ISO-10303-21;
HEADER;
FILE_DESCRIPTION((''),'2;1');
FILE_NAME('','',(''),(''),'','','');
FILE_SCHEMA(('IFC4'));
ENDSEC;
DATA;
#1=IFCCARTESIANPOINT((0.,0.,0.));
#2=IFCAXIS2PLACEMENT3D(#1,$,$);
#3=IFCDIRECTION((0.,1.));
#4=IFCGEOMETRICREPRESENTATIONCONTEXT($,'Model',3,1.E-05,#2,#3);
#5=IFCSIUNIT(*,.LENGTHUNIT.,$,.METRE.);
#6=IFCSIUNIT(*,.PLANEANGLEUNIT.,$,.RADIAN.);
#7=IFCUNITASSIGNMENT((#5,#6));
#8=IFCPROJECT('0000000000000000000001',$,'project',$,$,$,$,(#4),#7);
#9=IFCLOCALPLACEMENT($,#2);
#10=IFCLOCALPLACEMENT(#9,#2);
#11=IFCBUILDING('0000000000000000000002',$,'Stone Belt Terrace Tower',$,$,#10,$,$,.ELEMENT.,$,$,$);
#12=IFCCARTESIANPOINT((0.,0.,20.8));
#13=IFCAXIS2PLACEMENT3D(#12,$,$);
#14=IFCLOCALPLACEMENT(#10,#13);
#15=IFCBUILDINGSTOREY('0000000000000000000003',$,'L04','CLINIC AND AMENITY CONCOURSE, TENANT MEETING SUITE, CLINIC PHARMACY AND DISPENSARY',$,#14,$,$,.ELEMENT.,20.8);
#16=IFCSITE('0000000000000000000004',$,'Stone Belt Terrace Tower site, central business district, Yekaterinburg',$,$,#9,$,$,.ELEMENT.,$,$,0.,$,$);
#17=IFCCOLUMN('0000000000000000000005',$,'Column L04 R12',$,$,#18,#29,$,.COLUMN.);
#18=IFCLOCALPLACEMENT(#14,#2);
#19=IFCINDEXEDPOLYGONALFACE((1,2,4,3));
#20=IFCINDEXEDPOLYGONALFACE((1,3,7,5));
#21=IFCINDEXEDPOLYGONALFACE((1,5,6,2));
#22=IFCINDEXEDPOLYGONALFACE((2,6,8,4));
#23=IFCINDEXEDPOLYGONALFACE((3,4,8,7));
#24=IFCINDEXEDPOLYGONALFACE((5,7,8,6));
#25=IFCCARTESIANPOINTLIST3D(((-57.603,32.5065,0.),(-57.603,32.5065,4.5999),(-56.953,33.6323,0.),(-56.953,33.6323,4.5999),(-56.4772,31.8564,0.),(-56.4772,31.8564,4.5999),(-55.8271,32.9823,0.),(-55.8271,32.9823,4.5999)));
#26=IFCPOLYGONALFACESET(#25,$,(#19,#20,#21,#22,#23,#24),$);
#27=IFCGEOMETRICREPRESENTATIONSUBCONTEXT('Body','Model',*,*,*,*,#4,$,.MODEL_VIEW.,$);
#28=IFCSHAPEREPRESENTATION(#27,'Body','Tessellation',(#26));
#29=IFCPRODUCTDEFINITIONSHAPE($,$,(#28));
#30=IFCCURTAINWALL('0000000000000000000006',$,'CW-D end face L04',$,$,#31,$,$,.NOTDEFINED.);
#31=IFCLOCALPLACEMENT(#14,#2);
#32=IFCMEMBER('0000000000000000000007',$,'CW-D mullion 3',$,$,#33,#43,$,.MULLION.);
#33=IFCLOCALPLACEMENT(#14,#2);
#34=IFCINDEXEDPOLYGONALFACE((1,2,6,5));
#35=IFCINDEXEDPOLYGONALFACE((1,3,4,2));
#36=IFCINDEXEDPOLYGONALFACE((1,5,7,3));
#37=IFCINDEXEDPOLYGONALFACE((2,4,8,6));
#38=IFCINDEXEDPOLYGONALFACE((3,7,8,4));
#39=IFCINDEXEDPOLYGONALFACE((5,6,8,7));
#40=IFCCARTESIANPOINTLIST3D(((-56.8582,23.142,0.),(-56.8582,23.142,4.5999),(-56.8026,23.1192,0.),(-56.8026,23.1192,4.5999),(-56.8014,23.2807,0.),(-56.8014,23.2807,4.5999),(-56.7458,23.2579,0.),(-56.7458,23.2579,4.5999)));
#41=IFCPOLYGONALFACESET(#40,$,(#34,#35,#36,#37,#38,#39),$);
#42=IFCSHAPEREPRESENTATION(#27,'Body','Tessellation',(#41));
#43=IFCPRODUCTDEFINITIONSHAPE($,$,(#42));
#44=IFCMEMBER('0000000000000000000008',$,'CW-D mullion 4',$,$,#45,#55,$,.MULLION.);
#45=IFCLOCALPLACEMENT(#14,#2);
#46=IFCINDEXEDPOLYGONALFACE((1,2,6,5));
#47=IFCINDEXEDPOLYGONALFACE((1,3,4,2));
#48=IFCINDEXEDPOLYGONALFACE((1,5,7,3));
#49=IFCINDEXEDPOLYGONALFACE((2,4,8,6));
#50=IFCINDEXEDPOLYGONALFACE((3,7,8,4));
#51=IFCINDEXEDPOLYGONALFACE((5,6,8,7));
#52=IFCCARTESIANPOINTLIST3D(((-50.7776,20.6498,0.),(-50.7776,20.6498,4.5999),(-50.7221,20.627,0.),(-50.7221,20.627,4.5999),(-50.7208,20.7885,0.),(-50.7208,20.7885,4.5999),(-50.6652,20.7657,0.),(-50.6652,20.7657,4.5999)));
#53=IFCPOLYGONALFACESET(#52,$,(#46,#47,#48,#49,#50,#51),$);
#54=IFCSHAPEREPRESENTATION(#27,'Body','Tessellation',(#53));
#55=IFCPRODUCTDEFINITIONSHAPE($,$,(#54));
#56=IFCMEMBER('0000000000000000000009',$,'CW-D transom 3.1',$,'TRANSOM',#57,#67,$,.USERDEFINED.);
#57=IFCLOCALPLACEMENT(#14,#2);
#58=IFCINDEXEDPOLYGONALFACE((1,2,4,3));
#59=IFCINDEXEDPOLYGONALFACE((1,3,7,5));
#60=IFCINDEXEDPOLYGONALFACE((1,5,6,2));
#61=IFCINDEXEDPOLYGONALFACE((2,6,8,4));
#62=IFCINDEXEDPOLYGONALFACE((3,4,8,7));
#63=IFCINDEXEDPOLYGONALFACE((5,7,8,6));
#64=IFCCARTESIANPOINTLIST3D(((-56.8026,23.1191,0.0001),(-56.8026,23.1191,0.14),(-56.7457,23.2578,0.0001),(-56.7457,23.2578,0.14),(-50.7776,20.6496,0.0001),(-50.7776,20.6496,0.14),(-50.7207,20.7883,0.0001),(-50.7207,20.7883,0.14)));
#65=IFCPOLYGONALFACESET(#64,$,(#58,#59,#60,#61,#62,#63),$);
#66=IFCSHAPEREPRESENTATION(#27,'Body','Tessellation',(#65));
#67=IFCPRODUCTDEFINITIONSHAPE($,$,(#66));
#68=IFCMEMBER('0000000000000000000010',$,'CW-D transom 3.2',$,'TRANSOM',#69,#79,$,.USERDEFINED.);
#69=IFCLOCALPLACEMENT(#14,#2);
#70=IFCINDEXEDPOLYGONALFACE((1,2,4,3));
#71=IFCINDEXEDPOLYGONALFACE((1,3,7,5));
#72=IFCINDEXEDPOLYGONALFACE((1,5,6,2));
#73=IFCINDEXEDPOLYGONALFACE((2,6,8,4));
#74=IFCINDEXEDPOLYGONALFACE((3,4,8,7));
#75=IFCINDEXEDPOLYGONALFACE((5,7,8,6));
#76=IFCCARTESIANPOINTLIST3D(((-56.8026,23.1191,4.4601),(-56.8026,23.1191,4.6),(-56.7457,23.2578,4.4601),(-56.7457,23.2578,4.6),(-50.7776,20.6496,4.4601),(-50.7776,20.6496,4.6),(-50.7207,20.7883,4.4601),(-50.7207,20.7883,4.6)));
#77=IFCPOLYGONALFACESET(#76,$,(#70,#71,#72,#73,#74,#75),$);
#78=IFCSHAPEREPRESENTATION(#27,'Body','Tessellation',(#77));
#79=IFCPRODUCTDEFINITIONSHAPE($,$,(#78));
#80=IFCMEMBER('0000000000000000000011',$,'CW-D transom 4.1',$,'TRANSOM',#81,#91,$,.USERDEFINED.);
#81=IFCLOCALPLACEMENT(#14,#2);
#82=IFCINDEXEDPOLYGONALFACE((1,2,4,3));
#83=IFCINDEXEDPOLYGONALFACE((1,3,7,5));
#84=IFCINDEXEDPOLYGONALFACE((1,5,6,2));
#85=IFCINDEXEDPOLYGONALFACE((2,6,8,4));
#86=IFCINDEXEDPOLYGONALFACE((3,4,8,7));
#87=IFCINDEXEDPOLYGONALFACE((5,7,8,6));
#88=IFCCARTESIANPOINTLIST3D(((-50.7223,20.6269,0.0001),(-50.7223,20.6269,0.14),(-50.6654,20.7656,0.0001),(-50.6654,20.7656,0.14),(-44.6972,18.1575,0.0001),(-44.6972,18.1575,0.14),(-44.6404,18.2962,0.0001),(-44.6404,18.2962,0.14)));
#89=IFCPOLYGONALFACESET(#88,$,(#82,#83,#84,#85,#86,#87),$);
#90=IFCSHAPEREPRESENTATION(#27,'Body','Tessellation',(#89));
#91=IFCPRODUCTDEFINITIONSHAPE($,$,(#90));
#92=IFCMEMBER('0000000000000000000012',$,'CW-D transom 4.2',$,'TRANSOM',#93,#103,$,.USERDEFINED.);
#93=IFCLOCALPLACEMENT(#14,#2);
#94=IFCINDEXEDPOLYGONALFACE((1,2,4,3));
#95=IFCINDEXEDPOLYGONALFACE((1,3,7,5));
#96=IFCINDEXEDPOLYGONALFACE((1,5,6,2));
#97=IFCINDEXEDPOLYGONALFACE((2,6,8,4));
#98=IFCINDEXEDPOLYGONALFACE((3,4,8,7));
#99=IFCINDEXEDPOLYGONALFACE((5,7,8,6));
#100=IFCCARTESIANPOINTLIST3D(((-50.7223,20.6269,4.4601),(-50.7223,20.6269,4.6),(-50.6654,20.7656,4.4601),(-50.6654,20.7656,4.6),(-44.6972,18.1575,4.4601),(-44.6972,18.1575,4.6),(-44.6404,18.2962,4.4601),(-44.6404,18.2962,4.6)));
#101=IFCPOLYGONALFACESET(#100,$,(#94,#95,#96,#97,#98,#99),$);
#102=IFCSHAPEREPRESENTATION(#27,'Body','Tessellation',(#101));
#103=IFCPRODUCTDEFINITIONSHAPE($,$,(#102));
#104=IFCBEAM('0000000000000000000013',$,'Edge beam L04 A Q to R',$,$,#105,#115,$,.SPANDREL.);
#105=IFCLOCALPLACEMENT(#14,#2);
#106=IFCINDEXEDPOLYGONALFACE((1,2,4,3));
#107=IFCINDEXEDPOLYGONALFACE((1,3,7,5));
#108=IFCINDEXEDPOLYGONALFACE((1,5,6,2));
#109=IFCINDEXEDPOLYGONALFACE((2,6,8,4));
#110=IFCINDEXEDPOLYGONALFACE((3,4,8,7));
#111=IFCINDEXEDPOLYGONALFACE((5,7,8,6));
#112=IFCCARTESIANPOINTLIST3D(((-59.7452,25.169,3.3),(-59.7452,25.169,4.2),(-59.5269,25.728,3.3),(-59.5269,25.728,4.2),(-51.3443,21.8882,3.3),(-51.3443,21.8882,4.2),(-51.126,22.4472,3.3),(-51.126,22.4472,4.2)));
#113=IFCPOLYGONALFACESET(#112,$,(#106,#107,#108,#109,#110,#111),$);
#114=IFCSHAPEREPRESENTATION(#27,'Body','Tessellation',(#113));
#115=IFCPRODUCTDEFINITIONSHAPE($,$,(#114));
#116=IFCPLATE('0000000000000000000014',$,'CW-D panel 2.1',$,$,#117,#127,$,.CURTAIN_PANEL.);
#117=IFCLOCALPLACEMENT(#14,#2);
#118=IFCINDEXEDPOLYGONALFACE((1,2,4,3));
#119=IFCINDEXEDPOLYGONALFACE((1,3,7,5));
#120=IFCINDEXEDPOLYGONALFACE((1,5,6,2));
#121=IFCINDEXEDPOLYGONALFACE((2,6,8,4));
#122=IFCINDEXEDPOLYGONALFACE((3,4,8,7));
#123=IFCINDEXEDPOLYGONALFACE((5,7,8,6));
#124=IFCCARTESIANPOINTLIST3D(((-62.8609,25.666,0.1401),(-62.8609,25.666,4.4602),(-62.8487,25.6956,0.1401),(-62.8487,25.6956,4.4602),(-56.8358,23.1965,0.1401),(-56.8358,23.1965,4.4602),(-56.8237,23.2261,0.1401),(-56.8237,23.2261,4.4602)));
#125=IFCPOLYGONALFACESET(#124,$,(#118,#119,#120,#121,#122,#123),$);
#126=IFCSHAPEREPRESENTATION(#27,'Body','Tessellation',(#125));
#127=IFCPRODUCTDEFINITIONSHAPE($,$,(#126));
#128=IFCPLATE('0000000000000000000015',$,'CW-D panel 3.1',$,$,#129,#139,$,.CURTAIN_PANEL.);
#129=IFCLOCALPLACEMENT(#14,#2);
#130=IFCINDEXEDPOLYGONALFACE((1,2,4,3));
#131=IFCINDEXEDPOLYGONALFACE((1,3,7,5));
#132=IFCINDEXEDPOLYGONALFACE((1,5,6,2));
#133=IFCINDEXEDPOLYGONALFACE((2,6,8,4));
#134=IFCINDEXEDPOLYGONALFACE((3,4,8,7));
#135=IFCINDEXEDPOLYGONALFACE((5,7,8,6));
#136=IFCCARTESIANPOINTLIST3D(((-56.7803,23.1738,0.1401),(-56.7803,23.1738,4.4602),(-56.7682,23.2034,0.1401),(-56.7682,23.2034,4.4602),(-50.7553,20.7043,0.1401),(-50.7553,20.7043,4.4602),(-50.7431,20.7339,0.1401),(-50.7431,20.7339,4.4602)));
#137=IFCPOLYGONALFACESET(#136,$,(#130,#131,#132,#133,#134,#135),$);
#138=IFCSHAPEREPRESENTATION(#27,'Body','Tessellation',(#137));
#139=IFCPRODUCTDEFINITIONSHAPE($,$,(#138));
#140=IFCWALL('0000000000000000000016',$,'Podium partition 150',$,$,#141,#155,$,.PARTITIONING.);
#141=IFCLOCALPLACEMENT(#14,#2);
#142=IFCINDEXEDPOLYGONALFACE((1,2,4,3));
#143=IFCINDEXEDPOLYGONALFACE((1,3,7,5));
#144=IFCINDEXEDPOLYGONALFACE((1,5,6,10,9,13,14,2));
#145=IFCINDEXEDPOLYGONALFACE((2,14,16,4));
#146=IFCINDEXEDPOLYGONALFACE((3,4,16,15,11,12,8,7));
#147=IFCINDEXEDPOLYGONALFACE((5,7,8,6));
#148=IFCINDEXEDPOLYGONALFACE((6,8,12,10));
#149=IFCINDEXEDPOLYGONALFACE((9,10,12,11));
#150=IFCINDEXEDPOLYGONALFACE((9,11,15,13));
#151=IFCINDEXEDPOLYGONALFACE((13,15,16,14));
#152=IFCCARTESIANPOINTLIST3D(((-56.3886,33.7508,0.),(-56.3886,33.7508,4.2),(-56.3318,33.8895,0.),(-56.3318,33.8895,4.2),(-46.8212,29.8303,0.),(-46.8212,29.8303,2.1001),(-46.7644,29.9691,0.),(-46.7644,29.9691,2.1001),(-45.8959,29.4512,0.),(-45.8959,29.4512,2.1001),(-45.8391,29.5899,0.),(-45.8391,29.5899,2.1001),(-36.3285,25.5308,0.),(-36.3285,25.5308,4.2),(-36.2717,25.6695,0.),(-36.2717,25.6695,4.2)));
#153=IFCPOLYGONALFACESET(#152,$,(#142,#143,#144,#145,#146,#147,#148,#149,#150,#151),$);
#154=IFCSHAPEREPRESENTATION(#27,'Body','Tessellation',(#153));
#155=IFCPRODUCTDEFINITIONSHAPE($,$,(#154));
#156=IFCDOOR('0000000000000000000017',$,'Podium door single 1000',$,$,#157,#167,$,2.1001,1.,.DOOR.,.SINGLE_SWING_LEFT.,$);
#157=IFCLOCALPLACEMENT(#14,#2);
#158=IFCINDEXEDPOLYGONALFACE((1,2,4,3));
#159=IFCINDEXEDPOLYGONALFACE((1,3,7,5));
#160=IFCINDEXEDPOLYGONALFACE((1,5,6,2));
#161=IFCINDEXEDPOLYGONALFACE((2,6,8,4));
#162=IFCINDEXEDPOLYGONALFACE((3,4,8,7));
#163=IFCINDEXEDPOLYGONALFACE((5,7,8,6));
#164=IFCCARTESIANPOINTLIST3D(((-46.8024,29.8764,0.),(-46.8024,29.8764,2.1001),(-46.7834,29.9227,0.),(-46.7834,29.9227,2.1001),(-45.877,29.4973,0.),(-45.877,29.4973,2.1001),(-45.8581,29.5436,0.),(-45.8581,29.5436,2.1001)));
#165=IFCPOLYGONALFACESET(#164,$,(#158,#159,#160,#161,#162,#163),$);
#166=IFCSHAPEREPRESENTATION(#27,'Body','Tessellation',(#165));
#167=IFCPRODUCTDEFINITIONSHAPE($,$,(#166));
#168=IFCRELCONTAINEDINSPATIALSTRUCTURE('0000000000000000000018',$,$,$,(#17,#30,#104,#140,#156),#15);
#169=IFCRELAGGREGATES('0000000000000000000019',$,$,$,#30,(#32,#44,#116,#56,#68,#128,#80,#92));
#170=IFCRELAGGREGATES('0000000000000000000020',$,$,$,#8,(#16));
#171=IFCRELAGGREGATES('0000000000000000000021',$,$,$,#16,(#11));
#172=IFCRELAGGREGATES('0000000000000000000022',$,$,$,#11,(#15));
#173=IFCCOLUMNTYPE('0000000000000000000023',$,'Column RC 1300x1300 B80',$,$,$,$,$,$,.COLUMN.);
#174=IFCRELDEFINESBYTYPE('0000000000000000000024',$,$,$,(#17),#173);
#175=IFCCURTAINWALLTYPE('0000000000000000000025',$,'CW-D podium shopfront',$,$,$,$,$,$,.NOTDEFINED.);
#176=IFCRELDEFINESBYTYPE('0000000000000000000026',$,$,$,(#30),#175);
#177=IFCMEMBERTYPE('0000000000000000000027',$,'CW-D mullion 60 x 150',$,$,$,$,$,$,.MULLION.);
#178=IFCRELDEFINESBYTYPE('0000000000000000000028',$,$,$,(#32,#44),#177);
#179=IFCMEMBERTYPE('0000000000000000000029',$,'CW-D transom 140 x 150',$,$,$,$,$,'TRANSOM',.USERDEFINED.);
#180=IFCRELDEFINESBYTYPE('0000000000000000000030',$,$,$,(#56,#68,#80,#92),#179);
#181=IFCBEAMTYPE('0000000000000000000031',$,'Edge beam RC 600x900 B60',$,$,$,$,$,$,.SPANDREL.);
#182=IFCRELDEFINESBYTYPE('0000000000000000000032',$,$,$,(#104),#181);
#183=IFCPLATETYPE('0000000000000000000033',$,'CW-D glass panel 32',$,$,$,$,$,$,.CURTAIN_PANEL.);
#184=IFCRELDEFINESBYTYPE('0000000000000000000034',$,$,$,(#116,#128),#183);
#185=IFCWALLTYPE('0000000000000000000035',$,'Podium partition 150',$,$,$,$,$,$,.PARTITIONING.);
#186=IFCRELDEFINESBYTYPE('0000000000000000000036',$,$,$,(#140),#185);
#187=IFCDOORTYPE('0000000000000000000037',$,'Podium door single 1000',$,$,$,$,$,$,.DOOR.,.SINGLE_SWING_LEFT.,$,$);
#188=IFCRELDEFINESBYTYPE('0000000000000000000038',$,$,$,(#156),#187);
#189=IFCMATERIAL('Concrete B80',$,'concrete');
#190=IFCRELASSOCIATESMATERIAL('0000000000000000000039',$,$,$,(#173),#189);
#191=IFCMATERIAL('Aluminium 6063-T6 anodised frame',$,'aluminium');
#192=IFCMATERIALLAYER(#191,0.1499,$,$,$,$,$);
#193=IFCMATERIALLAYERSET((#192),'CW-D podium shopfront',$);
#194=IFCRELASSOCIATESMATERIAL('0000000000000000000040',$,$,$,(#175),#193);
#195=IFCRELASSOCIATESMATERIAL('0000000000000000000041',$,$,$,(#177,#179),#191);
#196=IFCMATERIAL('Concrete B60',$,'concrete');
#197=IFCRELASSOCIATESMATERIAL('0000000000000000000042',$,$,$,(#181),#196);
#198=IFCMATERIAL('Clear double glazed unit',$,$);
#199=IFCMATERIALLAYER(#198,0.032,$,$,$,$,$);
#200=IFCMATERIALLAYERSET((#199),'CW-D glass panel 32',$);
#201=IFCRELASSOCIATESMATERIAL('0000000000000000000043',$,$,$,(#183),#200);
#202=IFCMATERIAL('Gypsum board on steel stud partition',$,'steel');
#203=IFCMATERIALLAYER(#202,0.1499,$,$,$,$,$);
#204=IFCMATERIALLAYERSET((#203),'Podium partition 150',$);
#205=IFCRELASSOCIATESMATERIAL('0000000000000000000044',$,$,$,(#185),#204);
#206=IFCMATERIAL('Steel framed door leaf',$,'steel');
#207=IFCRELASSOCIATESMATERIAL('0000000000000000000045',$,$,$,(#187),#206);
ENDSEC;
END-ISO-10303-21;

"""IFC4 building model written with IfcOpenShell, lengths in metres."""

from ifc_helpers import new_model, si_unit, direction, frame, frame_2d, origin, origin_2d, place, context, subcontext, project, spatial, rectangle, extrude, material, layer, layer_set, material_profile, profile_set, type_object, element, fill, aggregate, save


model = new_model("IFC4")

# Units and contexts
model_context = context("Model", 3, precision=1e-05, world=origin(), true_north=direction((0.0, 1.0)))
body_context = subcontext(model_context, "Body", "Model", "MODEL_VIEW")
ifc_project = project(units=[si_unit("LENGTHUNIT", "METRE"), si_unit("PLANEANGLEUNIT", "RADIAN")], contexts=[model_context])

# Site, building, storey
site_placement = place(None, origin())
site = spatial("IfcSite", under=ifc_project, at=site_placement, Name="Stone Belt Terrace Tower site, central business district, Yekaterinburg", CompositionType="ELEMENT", RefElevation=0.0)
building_placement = place(site_placement, origin())
building = spatial("IfcBuilding", under=site, at=building_placement, Name="Stone Belt Terrace Tower", CompositionType="ELEMENT")
storey_placement = place(building_placement, frame((0.0, 0.0, 20.8)))
storey = spatial("IfcBuildingStorey", under=building, at=storey_placement, Name="L04", Description="CLINIC AND AMENITY CONCOURSE, TENANT MEETING SUITE, CLINIC PHARMACY AND DISPENSARY", CompositionType="ELEMENT", Elevation=20.8)

# Column
ifc_material_1 = material(Name="Concrete B80", Category="concrete")
ifc_material_profile_1 = material_profile(ifc_material_1, rectangle(XDim=1.3, YDim=1.3, at=origin_2d()), Name="RC 1300x1300")
ifc_profile_set_1 = profile_set([ifc_material_profile_1], Name="Concrete B80")
column_type = type_object("IfcColumnType", Name="Column RC 1300x1300 B80", PredefinedType="COLUMN", material=ifc_profile_set_1)
column_placement = place(storey_placement, frame((-56.7151, 32.7444, 0.0), z_axis=(0.0, 0.0, 1.0), x_axis=(0.5, 0.866025, 0.0)))
element("IfcColumn", 1, at=column_placement, inside=storey, type_object=column_type, Name="Column L04 R12", PredefinedType="COLUMN", context=body_context, shape_type="SweptSolid", body=[
    extrude(rectangle(XDim=1.3, YDim=1.3, at=origin_2d()), origin(), (0.0, 0.0, 1.0), 4.5999),
])

# Curtain wall, members
ifc_material_2 = material(Name="Aluminium 6063-T6 anodised frame", Category="aluminium")
ifc_layer_1 = layer(ifc_material_2, 0.1499)
ifc_layer_set_1 = layer_set([ifc_layer_1], Name="CW-D podium shopfront")
curtain_wall_type = type_object("IfcCurtainWallType", Name="CW-D podium shopfront", PredefinedType="NOTDEFINED", material=ifc_layer_set_1)
curtain_wall_placement = place(storey_placement, origin())
curtain_wall = element("IfcCurtainWall", 2, at=curtain_wall_placement, inside=storey, type_object=curtain_wall_type, Name="CW-D end face L04", PredefinedType="NOTDEFINED")
ifc_material_profile_2 = material_profile(ifc_material_2, rectangle(XDim=0.1499, YDim=0.0601, at=origin_2d()), Name="Aluminium 6063-T6 60x150")
ifc_profile_set_2 = profile_set([ifc_material_profile_2], Name="Aluminium 6063-T6 anodised frame")
member_type_1 = type_object("IfcMemberType", Name="CW-D mullion 60 x 150", PredefinedType="MULLION", material=ifc_profile_set_2)
member_1_placement = place(storey_placement, frame((-56.802, 23.2, 0.0), z_axis=(0.0, 0.0, 1.0), x_axis=(0.379243, 0.925297, 0.0)))
member_1 = element("IfcMember", 3, at=member_1_placement, type_object=member_type_1, Name="CW-D mullion 3", PredefinedType="MULLION", context=body_context, shape_type="SweptSolid", body=[
    extrude(rectangle(XDim=0.1499, YDim=0.0601, at=origin_2d()), origin(), (0.0, 0.0, 1.0), 4.5999),
])
member_2_placement = place(storey_placement, frame((-50.7214, 20.7078, 0.0), z_axis=(0.0, 0.0, 1.0), x_axis=(0.379243, 0.925297, 0.0)))
member_2 = element("IfcMember", 4, at=member_2_placement, type_object=member_type_1, Name="CW-D mullion 4", PredefinedType="MULLION", context=body_context, shape_type="SweptSolid", body=[
    extrude(rectangle(XDim=0.1499, YDim=0.0601, at=origin_2d()), origin(), (0.0, 0.0, 1.0), 4.5999),
])
ifc_material_profile_3 = material_profile(ifc_material_2, rectangle(XDim=0.1499, YDim=0.1399, at=origin_2d()), Name="Aluminium 6063-T6 150x140")
ifc_profile_set_3 = profile_set([ifc_material_profile_3], Name="Aluminium 6063-T6 anodised frame")
member_type_2 = type_object("IfcMemberType", Name="CW-D transom 140 x 150", ElementType="TRANSOM", PredefinedType="USERDEFINED", material=ifc_profile_set_3)
member_3_placement = place(storey_placement, frame((-56.7742, 23.1885, 0.0701), z_axis=(0.925291, -0.379258, 0.0), x_axis=(0.379258, 0.925291, 0.0)))
member_3 = element("IfcMember", 5, at=member_3_placement, type_object=member_type_2, Name="CW-D transom 3.1", ObjectType="TRANSOM", PredefinedType="USERDEFINED", context=body_context, shape_type="SweptSolid", body=[
    extrude(rectangle(XDim=0.1499, YDim=0.1399, at=origin_2d()), origin(), (0.0, 0.0, 1.0), 6.5115),
])
member_4_placement = place(storey_placement, frame((-56.7742, 23.1885, 4.53), z_axis=(0.925291, -0.379258, 0.0), x_axis=(0.379258, 0.925291, 0.0)))
member_4 = element("IfcMember", 6, at=member_4_placement, type_object=member_type_2, Name="CW-D transom 3.2", ObjectType="TRANSOM", PredefinedType="USERDEFINED", context=body_context, shape_type="SweptSolid", body=[
    extrude(rectangle(XDim=0.1499, YDim=0.1399, at=origin_2d()), origin(), (0.0, 0.0, 1.0), 6.5115),
])
member_5_placement = place(storey_placement, frame((-50.6938, 20.6963, 0.0701), z_axis=(0.925297, -0.379244, 0.0), x_axis=(0.379244, 0.925297, 0.0)))
member_5 = element("IfcMember", 7, at=member_5_placement, type_object=member_type_2, Name="CW-D transom 4.1", ObjectType="TRANSOM", PredefinedType="USERDEFINED", context=body_context, shape_type="SweptSolid", body=[
    extrude(rectangle(XDim=0.1499, YDim=0.1399, at=origin_2d()), origin(), (0.0, 0.0, 1.0), 6.5115),
])
member_6_placement = place(storey_placement, frame((-50.6938, 20.6963, 4.53), z_axis=(0.925297, -0.379244, 0.0), x_axis=(0.379244, 0.925297, 0.0)))
member_6 = element("IfcMember", 8, at=member_6_placement, type_object=member_type_2, Name="CW-D transom 4.2", ObjectType="TRANSOM", PredefinedType="USERDEFINED", context=body_context, shape_type="SweptSolid", body=[
    extrude(rectangle(XDim=0.1499, YDim=0.1399, at=origin_2d()), origin(), (0.0, 0.0, 1.0), 6.5115),
])

# Beam
ifc_material_3 = material(Name="Concrete B60", Category="concrete")
ifc_material_profile_4 = material_profile(ifc_material_3, rectangle(XDim=0.6001, YDim=0.8999, at=origin_2d()), Name="RC 600x900")
ifc_profile_set_4 = profile_set([ifc_material_profile_4], Name="Concrete B60")
beam_type = type_object("IfcBeamType", Name="Edge beam RC 600x900 B60", PredefinedType="SPANDREL", material=ifc_profile_set_4)
beam_placement = place(storey_placement, frame((-51.2351, 22.1677, 3.75), z_axis=(-0.931489, 0.363771, 0.0), x_axis=(-0.363771, -0.931489, 0.0)))
element("IfcBeam", 9, at=beam_placement, inside=storey, type_object=beam_type, Name="Edge beam L04 A Q to R", PredefinedType="SPANDREL", context=body_context, shape_type="SweptSolid", body=[
    extrude(rectangle(XDim=0.6001, YDim=0.8999, at=origin_2d()), origin(), (0.0, 0.0, 1.0), 9.0188),
])

# Plates
ifc_material_4 = material(Name="Clear double glazed unit")
ifc_layer_2 = layer(ifc_material_4, 0.032)
ifc_layer_set_2 = layer_set([ifc_layer_2], Name="CW-D glass panel 32")
plate_type = type_object("IfcPlateType", Name="CW-D glass panel 32", PredefinedType="CURTAIN_PANEL", material=ifc_layer_set_2)
plate_1_placement = place(storey_placement, frame((-59.8423, 24.446, 0.1401), z_axis=(0.0, 0.0, 1.0), x_axis=(0.925297, -0.379243, 0.0)))
plate_1 = element("IfcPlate", 10, at=plate_1_placement, type_object=plate_type, Name="CW-D panel 2.1", PredefinedType="CURTAIN_PANEL", context=body_context, shape_type="SweptSolid", body=[
    extrude(rectangle(XDim=6.5115, YDim=0.032, at=origin_2d()), origin(), (0.0, 0.0, 1.0), 4.3201),
])
plate_2_placement = place(storey_placement, frame((-53.7617, 21.9539, 0.1401), z_axis=(0.0, 0.0, 1.0), x_axis=(0.925297, -0.379243, 0.0)))
plate_2 = element("IfcPlate", 11, at=plate_2_placement, type_object=plate_type, Name="CW-D panel 3.1", PredefinedType="CURTAIN_PANEL", context=body_context, shape_type="SweptSolid", body=[
    extrude(rectangle(XDim=6.5115, YDim=0.032, at=origin_2d()), origin(), (0.0, 0.0, 1.0), 4.3201),
])
aggregate(curtain_wall, [member_1, member_2, plate_1, member_3, member_4, plate_2, member_5, member_6])

# Wall, opening, door
ifc_material_5 = material(Name="Gypsum board on steel stud partition", Category="steel")
ifc_layer_3 = layer(ifc_material_5, 0.1499)
ifc_layer_set_3 = layer_set([ifc_layer_3], Name="Podium partition 150")
wall_type_1 = type_object("IfcWallType", Name="Podium partition 150", PredefinedType="PARTITIONING", material=ifc_layer_set_3)
wall_1_placement = place(storey_placement, frame((-56.3601, 33.8201, 0.0), z_axis=(0.0, 0.0, 1.0), x_axis=(0.925327, -0.37917, 0.0)))
wall_1 = element("IfcWall", 12, at=wall_1_placement, inside=storey, type_object=wall_type_1, Name="Podium partition 150", PredefinedType="PARTITIONING", context=body_context, shape_type="SweptSolid", body=[
    extrude(rectangle(XDim=21.679, YDim=0.1499, at=frame_2d((10.8394, 0.0))), origin(), (0.0, 0.0, 1.0), 4.2),
])
opening_1_placement = place(wall_1_placement, frame((10.3394, 0.0, 0.0)))
opening_1 = element("IfcOpeningElement", 13, at=opening_1_placement, cuts=wall_1, PredefinedType="OPENING", context=body_context, shape_type="SweptSolid", body=[
    extrude(rectangle(XDim=1.0, YDim=2.1001, at=frame_2d((0.5, 1.05))), frame((0.0, 0.085, 0.0), z_axis=(0.0, -1.0, 0.0), x_axis=(1.0, 0.0, 0.0)), (0.0, 0.0, 1.0), 0.1699),
])
ifc_material_6 = material(Name="Steel framed door leaf", Category="steel")
door_type_1 = type_object("IfcDoorType", Name="Podium door single 1000", OperationType="SINGLE_SWING_LEFT", PredefinedType="DOOR", material=ifc_material_6)
door_1_placement = place(opening_1_placement, origin())
door_1 = element("IfcDoor", 14, at=door_1_placement, inside=storey, type_object=door_type_1, Name="Podium door single 1000", OperationType="SINGLE_SWING_LEFT", OverallHeight=2.1001, OverallWidth=1.0, PredefinedType="DOOR", context=body_context, shape_type="SweptSolid", body=[
    extrude(rectangle(XDim=1.0, YDim=2.1001, at=frame_2d((0.5, 1.05))), frame((0.0, 0.0249, 0.0), z_axis=(0.0, -1.0, 0.0), x_axis=(1.0, 0.0, 0.0)), (0.0, 0.0, 1.0), 0.05),
])
fill(opening_1, door_1)

save(model, "model.ifc")
